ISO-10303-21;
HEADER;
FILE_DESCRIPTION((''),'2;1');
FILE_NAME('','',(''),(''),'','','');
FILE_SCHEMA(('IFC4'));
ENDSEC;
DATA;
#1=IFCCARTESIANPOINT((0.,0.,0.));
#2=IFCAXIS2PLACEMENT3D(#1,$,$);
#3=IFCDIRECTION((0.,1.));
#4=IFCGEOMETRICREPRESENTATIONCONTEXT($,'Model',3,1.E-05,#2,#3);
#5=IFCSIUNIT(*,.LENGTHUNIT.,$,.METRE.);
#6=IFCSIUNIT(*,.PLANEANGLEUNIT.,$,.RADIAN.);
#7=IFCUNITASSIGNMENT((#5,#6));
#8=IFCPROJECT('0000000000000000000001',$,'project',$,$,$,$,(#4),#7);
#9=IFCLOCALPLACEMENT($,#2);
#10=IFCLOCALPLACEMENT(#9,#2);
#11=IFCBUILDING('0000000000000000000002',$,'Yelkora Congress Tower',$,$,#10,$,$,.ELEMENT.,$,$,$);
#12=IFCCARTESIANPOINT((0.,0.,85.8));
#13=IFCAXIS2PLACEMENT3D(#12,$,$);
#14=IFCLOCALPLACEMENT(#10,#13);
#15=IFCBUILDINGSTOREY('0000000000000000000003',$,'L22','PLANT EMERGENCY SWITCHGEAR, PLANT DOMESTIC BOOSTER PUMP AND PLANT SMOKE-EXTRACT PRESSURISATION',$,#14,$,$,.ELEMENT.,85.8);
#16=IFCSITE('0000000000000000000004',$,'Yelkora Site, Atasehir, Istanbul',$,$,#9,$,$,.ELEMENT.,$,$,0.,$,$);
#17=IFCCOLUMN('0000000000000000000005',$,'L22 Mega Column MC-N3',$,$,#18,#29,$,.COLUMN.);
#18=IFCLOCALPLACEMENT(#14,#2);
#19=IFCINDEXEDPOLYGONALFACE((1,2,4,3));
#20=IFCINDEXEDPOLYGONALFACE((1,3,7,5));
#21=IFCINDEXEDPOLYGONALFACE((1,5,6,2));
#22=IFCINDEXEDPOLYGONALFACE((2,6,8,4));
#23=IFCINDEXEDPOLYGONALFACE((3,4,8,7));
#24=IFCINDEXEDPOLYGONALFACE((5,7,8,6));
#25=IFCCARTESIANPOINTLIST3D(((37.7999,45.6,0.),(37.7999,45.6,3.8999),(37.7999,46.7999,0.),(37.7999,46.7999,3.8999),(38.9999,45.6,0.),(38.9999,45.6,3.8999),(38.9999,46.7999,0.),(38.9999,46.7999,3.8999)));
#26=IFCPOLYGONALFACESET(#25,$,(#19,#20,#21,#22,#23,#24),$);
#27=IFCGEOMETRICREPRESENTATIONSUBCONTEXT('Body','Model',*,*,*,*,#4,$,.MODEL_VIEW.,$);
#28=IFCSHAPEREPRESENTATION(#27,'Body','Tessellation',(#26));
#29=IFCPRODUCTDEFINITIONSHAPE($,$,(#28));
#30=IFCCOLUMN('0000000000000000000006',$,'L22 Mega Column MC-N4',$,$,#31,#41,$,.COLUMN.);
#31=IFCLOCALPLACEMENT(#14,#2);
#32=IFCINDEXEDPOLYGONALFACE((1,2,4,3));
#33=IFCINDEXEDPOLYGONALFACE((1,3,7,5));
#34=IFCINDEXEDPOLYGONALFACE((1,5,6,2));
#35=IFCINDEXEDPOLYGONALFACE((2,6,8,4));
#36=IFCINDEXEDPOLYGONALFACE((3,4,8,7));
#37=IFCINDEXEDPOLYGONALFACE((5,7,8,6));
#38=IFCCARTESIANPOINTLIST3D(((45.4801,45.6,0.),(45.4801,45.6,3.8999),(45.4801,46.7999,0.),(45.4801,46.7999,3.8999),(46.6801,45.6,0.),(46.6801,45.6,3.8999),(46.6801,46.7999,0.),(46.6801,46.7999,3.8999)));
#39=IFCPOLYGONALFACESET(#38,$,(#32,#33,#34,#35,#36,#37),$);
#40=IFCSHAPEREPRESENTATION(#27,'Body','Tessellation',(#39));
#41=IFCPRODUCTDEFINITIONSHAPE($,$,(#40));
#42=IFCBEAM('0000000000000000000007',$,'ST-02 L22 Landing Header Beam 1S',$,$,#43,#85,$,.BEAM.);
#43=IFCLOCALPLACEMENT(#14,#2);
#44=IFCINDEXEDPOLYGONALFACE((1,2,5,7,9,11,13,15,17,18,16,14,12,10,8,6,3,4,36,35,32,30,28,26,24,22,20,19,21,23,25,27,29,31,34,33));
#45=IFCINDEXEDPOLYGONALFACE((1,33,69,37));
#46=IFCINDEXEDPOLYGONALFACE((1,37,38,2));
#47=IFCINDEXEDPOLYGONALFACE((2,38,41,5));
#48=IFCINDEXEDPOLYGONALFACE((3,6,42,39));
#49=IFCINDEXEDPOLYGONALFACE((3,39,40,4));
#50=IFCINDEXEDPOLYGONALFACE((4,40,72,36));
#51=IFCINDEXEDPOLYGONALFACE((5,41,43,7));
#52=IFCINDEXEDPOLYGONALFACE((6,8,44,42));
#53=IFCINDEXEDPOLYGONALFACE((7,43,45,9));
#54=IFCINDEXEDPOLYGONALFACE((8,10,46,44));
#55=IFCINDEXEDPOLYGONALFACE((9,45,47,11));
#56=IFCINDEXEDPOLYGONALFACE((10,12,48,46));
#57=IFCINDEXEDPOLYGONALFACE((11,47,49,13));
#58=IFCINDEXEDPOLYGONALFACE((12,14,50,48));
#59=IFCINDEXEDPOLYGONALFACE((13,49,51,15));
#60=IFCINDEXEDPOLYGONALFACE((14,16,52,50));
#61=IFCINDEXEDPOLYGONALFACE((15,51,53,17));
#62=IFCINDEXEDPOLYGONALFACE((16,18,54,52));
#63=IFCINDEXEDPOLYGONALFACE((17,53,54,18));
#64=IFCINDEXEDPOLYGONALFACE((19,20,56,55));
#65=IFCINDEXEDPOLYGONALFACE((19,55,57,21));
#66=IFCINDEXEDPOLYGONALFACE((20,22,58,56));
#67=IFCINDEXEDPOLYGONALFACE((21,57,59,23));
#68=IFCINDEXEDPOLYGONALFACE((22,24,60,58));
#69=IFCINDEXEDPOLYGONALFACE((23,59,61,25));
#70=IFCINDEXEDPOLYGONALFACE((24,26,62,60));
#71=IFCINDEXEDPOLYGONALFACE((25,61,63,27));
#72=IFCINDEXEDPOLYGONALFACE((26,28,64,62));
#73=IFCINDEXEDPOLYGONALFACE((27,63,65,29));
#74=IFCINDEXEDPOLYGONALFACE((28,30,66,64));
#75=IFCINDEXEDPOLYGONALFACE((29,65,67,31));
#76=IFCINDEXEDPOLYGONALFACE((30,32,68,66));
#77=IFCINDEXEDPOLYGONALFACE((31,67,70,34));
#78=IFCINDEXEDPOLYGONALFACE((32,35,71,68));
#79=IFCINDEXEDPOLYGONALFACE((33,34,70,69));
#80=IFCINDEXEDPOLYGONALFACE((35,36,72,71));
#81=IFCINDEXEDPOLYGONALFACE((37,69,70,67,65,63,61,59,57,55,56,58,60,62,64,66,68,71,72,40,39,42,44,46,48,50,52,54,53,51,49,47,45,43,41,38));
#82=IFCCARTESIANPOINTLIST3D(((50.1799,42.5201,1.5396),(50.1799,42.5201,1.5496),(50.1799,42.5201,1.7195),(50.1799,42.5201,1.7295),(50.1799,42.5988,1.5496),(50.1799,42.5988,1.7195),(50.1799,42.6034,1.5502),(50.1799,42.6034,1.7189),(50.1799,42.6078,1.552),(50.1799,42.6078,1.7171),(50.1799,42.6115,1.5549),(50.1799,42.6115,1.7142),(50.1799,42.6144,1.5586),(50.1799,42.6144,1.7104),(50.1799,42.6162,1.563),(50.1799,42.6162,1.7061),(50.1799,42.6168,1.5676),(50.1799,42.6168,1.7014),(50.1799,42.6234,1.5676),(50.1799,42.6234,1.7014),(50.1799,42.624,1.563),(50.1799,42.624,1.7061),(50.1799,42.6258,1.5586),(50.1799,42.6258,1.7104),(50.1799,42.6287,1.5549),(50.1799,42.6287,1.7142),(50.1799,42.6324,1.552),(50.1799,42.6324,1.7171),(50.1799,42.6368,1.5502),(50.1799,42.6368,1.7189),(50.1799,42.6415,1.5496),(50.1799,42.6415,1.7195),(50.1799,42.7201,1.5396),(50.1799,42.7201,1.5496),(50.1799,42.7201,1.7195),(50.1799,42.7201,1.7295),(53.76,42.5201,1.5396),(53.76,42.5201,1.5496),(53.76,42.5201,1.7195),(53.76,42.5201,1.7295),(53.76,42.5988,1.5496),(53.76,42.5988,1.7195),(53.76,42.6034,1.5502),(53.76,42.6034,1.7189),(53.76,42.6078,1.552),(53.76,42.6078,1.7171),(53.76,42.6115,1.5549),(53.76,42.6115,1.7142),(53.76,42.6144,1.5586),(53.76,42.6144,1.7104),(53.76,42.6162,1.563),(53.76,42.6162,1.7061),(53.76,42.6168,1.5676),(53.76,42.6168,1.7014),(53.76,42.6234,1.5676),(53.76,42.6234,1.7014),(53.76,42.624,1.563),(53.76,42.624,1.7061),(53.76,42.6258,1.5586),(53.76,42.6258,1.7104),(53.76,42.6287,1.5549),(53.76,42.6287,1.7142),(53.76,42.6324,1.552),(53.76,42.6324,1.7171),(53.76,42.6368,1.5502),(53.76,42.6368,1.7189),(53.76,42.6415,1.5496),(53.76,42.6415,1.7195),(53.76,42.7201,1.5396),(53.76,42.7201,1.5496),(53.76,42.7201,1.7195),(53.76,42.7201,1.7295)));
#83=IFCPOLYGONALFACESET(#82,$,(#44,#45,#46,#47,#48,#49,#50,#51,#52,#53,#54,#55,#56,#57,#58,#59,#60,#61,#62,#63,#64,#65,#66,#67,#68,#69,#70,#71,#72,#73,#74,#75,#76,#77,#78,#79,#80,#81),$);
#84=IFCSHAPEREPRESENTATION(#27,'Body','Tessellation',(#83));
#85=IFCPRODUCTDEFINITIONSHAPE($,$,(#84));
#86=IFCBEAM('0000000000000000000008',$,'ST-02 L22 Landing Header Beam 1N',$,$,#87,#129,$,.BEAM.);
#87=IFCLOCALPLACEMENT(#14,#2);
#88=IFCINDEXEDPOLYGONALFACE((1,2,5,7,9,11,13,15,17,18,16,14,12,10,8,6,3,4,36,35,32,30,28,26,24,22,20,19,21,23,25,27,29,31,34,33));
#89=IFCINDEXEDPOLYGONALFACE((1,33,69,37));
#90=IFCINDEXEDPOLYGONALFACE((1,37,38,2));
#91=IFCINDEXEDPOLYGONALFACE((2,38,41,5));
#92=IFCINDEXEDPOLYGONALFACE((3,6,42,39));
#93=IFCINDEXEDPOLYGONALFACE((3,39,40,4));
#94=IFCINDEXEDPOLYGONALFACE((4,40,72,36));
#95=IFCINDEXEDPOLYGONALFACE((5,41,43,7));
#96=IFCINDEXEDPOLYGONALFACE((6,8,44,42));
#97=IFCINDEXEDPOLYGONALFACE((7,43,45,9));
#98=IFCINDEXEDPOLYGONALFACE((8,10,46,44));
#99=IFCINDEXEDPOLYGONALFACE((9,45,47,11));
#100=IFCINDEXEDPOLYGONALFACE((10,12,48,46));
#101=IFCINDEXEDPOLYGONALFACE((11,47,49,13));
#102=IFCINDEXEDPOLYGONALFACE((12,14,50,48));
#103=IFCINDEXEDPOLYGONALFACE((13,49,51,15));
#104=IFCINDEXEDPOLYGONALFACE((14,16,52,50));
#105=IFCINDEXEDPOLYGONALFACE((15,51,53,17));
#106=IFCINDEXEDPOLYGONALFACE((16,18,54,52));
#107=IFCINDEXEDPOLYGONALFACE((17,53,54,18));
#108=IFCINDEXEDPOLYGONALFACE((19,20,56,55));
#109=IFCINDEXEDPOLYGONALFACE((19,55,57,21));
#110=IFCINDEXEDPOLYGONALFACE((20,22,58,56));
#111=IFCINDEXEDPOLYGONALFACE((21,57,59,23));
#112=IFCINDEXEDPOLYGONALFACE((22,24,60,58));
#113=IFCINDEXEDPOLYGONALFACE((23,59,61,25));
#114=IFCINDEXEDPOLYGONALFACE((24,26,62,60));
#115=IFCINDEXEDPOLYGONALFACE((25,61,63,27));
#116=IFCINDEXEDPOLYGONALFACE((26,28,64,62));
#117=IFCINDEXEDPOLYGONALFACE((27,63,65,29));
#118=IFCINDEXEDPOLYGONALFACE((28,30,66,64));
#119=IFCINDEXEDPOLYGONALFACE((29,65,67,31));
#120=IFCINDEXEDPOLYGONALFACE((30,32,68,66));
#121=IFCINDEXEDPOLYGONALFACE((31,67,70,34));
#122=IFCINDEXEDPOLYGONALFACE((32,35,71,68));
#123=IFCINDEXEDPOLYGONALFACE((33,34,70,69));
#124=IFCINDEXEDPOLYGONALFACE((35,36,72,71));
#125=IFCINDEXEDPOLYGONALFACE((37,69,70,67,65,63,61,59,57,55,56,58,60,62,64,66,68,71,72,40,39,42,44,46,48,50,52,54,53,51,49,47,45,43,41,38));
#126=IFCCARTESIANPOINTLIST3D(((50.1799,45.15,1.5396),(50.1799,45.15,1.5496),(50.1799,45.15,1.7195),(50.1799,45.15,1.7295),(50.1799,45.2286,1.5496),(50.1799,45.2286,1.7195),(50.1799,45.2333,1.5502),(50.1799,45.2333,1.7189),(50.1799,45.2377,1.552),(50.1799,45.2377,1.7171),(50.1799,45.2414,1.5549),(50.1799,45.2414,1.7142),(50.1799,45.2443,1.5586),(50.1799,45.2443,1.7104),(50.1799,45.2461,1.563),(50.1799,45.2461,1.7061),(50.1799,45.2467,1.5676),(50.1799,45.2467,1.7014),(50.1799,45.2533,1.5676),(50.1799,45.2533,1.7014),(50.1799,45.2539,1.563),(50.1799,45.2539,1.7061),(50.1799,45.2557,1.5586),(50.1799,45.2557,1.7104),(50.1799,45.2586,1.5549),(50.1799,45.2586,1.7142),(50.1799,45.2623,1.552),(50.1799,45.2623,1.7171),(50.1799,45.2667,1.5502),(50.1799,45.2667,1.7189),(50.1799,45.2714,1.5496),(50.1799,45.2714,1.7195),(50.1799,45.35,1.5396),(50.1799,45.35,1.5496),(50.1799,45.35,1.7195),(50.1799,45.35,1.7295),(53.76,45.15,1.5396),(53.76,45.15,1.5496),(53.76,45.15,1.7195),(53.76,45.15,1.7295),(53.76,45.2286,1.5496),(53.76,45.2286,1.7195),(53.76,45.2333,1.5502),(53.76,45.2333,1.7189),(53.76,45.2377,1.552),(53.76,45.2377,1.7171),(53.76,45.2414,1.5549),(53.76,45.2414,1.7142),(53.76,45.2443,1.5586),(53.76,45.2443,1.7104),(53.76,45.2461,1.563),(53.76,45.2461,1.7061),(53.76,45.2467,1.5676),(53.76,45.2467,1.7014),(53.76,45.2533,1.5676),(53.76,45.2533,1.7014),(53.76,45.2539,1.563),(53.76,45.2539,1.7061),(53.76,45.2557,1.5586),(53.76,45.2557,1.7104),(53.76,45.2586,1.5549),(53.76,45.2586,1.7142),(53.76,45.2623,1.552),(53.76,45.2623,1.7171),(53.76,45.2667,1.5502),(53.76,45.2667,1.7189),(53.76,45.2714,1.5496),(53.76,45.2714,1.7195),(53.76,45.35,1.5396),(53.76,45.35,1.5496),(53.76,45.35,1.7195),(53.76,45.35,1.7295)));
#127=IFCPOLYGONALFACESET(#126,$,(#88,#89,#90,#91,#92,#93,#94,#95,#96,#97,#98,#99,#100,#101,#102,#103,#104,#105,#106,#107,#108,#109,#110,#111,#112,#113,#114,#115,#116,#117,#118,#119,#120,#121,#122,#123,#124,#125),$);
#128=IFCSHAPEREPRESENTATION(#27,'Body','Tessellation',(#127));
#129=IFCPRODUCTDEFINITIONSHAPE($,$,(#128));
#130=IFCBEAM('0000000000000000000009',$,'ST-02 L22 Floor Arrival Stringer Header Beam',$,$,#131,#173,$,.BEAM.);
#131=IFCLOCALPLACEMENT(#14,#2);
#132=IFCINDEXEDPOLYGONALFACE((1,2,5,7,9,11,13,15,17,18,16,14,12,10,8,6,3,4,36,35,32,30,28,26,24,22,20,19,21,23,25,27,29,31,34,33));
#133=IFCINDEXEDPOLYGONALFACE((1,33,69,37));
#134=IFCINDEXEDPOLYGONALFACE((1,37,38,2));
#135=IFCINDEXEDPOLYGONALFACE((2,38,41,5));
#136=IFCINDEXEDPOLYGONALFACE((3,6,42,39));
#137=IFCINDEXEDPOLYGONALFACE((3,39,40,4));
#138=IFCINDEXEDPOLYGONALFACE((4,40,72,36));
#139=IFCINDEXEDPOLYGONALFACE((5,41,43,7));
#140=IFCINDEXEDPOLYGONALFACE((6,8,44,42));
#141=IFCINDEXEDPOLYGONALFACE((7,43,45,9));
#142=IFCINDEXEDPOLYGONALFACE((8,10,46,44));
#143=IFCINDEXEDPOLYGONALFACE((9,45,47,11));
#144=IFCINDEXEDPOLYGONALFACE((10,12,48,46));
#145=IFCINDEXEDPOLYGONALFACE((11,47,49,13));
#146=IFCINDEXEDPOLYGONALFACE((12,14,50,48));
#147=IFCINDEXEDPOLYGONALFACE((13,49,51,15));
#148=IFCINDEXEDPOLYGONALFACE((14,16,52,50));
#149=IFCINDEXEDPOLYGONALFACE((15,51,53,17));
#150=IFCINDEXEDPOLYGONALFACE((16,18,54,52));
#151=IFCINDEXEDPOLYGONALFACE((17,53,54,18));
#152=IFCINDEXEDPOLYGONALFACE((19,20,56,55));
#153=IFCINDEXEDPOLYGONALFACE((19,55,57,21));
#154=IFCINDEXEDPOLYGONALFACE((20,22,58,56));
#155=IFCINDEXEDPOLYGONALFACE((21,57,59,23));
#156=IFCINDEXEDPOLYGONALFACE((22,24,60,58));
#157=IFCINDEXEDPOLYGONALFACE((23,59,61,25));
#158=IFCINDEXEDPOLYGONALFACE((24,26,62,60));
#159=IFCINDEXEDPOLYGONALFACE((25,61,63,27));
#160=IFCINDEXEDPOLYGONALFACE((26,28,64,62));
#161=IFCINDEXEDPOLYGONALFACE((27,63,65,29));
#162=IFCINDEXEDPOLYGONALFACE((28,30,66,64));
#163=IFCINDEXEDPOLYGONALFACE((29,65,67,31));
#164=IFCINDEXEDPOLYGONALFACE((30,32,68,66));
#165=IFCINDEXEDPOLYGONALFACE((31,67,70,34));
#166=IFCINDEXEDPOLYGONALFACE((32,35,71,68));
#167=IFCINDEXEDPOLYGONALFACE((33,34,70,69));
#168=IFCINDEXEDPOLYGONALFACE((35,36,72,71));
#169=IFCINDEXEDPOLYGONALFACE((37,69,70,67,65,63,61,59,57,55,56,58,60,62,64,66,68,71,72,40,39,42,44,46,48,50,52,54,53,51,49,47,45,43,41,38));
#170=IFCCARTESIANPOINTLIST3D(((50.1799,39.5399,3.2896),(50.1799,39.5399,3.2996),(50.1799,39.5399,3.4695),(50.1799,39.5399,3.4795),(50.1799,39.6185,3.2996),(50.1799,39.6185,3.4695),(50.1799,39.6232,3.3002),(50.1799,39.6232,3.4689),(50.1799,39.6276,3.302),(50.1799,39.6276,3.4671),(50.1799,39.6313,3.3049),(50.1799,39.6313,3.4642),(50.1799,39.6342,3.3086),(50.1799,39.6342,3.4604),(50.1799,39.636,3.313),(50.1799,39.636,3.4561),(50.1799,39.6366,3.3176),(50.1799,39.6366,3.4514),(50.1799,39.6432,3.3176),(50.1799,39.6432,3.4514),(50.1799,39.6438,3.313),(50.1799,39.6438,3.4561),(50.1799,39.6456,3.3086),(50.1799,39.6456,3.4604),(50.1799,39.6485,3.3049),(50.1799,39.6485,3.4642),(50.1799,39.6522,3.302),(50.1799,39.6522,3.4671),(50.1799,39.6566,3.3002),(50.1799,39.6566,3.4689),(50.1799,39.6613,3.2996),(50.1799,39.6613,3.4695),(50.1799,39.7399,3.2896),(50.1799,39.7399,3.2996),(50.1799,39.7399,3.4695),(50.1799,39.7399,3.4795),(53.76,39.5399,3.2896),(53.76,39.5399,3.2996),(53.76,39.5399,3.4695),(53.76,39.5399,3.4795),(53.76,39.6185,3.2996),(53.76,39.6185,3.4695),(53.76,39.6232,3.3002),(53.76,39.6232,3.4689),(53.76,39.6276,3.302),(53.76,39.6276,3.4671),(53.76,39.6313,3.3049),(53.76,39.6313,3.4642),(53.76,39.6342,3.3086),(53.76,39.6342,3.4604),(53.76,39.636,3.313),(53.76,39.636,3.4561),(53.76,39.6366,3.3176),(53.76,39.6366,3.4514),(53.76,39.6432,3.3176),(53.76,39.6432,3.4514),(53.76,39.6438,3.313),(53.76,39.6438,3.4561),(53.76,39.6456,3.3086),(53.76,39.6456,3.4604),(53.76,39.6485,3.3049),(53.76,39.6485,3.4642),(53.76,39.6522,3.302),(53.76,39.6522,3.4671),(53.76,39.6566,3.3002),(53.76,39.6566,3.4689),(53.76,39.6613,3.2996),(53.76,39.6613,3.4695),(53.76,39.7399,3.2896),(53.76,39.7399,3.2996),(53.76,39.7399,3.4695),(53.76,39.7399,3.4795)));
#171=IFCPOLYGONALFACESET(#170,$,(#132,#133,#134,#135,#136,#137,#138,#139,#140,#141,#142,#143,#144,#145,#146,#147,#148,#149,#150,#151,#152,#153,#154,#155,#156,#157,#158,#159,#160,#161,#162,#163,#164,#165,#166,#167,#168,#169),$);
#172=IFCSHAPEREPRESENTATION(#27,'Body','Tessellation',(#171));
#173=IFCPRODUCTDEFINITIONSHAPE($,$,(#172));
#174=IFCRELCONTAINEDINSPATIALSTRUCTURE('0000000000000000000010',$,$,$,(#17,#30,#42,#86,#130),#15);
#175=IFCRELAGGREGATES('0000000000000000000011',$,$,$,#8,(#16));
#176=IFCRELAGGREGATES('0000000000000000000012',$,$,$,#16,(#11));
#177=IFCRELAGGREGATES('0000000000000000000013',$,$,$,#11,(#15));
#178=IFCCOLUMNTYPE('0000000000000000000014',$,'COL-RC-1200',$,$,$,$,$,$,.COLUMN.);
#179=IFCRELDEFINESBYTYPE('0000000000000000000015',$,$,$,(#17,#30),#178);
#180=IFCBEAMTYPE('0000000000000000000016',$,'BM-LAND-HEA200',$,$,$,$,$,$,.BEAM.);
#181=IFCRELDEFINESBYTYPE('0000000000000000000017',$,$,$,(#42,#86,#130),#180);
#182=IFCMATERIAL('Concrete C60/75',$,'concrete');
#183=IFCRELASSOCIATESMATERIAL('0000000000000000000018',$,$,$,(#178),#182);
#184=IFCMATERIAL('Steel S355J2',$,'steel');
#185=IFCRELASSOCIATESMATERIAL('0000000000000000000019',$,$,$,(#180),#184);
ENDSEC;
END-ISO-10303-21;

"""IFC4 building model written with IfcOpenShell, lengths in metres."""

from ifc_helpers import new_model, si_unit, direction, frame, origin, origin_2d, place, context, subcontext, project, spatial, rectangle, i_section, extrude, material, material_profile, profile_set, type_object, element, save


model = new_model("IFC4")

# Units and contexts
model_context = context("Model", 3, precision=1e-05, world=origin(), true_north=direction((0.0, 1.0)))
body_context = subcontext(model_context, "Body", "Model", "MODEL_VIEW")
ifc_project = project(units=[si_unit("LENGTHUNIT", "METRE"), si_unit("PLANEANGLEUNIT", "RADIAN")], contexts=[model_context])

# Site, building, storey
site_placement = place(None, origin())
site = spatial("IfcSite", under=ifc_project, at=site_placement, Name="Yelkora Site, Atasehir, Istanbul", CompositionType="ELEMENT", RefElevation=0.0)
building_placement = place(site_placement, origin())
building = spatial("IfcBuilding", under=site, at=building_placement, Name="Yelkora Congress Tower", CompositionType="ELEMENT")
storey_placement = place(building_placement, frame((0.0, 0.0, 85.8)))
storey = spatial("IfcBuildingStorey", under=building, at=storey_placement, Name="L22", Description="PLANT EMERGENCY SWITCHGEAR, PLANT DOMESTIC BOOSTER PUMP AND PLANT SMOKE-EXTRACT PRESSURISATION", CompositionType="ELEMENT", Elevation=85.8)

# Columns
ifc_material_1 = material(Name="Concrete C60/75", Category="concrete")
ifc_material_profile_1 = material_profile(ifc_material_1, rectangle(XDim=1.2, YDim=1.2, at=origin_2d()), Name="RC 1200x1200")
ifc_profile_set_1 = profile_set([ifc_material_profile_1], Name="Concrete C60/75")
column_type = type_object("IfcColumnType", Name="COL-RC-1200", PredefinedType="COLUMN", material=ifc_profile_set_1)
for number, where, z_axis, x_axis, name in (
    (1, (38.3999, 46.2, 0.0), (0.0, 0.0, 1.0), (1.0, 0.0, 0.0), "L22 Mega Column MC-N3"),
    (2, (46.0801, 46.2, 0.0), (0.0, 0.0, 1.0), (1.0, 0.0, 0.0), "L22 Mega Column MC-N4"),
):
    element("IfcColumn", number, at=place(storey_placement, frame(where, z_axis=z_axis, x_axis=x_axis)), inside=storey, type_object=column_type, Name=name, PredefinedType="COLUMN", context=body_context, shape_type="SweptSolid", body=[
        extrude(rectangle(XDim=1.2, YDim=1.2, at=origin_2d()), origin(), (0.0, 0.0, 1.0), 3.8999),
    ])

# Beams
ifc_material_2 = material(Name="Steel S355J2", Category="steel")
ifc_material_profile_2 = material_profile(ifc_material_2, i_section(OverallWidth=0.2, OverallDepth=0.1899, WebThickness=0.0066, FlangeThickness=0.01, FilletRadius=0.0181, at=origin_2d()), Name="HEA 200")
ifc_profile_set_2 = profile_set([ifc_material_profile_2], Name="Steel S355J2")
beam_type_1 = type_object("IfcBeamType", Name="BM-LAND-HEA200", PredefinedType="BEAM", material=ifc_profile_set_2)
for number, where, z_axis, x_axis, name in (
    (3, (50.1799, 42.6201, 1.6345), (1.0, 0.0, 0.0), (0.0, 1.0, 0.0), "ST-02 L22 Landing Header Beam 1S"),
    (4, (50.1799, 45.25, 1.6345), (1.0, 0.0, 0.0), (0.0, 1.0, 0.0), "ST-02 L22 Landing Header Beam 1N"),
    (5, (50.1799, 39.6399, 3.3845), (1.0, 0.0, 0.0), (0.0, 1.0, 0.0), "ST-02 L22 Floor Arrival Stringer Header Beam"),
):
    element("IfcBeam", number, at=place(storey_placement, frame(where, z_axis=z_axis, x_axis=x_axis)), inside=storey, type_object=beam_type_1, Name=name, PredefinedType="BEAM", context=body_context, shape_type="SweptSolid", body=[
        extrude(i_section(OverallWidth=0.2, OverallDepth=0.1899, WebThickness=0.0066, FlangeThickness=0.01, FilletRadius=0.0181, at=origin_2d()), origin(), (0.0, 0.0, 1.0), 3.5801),
    ])

save(model, "model.ifc")
